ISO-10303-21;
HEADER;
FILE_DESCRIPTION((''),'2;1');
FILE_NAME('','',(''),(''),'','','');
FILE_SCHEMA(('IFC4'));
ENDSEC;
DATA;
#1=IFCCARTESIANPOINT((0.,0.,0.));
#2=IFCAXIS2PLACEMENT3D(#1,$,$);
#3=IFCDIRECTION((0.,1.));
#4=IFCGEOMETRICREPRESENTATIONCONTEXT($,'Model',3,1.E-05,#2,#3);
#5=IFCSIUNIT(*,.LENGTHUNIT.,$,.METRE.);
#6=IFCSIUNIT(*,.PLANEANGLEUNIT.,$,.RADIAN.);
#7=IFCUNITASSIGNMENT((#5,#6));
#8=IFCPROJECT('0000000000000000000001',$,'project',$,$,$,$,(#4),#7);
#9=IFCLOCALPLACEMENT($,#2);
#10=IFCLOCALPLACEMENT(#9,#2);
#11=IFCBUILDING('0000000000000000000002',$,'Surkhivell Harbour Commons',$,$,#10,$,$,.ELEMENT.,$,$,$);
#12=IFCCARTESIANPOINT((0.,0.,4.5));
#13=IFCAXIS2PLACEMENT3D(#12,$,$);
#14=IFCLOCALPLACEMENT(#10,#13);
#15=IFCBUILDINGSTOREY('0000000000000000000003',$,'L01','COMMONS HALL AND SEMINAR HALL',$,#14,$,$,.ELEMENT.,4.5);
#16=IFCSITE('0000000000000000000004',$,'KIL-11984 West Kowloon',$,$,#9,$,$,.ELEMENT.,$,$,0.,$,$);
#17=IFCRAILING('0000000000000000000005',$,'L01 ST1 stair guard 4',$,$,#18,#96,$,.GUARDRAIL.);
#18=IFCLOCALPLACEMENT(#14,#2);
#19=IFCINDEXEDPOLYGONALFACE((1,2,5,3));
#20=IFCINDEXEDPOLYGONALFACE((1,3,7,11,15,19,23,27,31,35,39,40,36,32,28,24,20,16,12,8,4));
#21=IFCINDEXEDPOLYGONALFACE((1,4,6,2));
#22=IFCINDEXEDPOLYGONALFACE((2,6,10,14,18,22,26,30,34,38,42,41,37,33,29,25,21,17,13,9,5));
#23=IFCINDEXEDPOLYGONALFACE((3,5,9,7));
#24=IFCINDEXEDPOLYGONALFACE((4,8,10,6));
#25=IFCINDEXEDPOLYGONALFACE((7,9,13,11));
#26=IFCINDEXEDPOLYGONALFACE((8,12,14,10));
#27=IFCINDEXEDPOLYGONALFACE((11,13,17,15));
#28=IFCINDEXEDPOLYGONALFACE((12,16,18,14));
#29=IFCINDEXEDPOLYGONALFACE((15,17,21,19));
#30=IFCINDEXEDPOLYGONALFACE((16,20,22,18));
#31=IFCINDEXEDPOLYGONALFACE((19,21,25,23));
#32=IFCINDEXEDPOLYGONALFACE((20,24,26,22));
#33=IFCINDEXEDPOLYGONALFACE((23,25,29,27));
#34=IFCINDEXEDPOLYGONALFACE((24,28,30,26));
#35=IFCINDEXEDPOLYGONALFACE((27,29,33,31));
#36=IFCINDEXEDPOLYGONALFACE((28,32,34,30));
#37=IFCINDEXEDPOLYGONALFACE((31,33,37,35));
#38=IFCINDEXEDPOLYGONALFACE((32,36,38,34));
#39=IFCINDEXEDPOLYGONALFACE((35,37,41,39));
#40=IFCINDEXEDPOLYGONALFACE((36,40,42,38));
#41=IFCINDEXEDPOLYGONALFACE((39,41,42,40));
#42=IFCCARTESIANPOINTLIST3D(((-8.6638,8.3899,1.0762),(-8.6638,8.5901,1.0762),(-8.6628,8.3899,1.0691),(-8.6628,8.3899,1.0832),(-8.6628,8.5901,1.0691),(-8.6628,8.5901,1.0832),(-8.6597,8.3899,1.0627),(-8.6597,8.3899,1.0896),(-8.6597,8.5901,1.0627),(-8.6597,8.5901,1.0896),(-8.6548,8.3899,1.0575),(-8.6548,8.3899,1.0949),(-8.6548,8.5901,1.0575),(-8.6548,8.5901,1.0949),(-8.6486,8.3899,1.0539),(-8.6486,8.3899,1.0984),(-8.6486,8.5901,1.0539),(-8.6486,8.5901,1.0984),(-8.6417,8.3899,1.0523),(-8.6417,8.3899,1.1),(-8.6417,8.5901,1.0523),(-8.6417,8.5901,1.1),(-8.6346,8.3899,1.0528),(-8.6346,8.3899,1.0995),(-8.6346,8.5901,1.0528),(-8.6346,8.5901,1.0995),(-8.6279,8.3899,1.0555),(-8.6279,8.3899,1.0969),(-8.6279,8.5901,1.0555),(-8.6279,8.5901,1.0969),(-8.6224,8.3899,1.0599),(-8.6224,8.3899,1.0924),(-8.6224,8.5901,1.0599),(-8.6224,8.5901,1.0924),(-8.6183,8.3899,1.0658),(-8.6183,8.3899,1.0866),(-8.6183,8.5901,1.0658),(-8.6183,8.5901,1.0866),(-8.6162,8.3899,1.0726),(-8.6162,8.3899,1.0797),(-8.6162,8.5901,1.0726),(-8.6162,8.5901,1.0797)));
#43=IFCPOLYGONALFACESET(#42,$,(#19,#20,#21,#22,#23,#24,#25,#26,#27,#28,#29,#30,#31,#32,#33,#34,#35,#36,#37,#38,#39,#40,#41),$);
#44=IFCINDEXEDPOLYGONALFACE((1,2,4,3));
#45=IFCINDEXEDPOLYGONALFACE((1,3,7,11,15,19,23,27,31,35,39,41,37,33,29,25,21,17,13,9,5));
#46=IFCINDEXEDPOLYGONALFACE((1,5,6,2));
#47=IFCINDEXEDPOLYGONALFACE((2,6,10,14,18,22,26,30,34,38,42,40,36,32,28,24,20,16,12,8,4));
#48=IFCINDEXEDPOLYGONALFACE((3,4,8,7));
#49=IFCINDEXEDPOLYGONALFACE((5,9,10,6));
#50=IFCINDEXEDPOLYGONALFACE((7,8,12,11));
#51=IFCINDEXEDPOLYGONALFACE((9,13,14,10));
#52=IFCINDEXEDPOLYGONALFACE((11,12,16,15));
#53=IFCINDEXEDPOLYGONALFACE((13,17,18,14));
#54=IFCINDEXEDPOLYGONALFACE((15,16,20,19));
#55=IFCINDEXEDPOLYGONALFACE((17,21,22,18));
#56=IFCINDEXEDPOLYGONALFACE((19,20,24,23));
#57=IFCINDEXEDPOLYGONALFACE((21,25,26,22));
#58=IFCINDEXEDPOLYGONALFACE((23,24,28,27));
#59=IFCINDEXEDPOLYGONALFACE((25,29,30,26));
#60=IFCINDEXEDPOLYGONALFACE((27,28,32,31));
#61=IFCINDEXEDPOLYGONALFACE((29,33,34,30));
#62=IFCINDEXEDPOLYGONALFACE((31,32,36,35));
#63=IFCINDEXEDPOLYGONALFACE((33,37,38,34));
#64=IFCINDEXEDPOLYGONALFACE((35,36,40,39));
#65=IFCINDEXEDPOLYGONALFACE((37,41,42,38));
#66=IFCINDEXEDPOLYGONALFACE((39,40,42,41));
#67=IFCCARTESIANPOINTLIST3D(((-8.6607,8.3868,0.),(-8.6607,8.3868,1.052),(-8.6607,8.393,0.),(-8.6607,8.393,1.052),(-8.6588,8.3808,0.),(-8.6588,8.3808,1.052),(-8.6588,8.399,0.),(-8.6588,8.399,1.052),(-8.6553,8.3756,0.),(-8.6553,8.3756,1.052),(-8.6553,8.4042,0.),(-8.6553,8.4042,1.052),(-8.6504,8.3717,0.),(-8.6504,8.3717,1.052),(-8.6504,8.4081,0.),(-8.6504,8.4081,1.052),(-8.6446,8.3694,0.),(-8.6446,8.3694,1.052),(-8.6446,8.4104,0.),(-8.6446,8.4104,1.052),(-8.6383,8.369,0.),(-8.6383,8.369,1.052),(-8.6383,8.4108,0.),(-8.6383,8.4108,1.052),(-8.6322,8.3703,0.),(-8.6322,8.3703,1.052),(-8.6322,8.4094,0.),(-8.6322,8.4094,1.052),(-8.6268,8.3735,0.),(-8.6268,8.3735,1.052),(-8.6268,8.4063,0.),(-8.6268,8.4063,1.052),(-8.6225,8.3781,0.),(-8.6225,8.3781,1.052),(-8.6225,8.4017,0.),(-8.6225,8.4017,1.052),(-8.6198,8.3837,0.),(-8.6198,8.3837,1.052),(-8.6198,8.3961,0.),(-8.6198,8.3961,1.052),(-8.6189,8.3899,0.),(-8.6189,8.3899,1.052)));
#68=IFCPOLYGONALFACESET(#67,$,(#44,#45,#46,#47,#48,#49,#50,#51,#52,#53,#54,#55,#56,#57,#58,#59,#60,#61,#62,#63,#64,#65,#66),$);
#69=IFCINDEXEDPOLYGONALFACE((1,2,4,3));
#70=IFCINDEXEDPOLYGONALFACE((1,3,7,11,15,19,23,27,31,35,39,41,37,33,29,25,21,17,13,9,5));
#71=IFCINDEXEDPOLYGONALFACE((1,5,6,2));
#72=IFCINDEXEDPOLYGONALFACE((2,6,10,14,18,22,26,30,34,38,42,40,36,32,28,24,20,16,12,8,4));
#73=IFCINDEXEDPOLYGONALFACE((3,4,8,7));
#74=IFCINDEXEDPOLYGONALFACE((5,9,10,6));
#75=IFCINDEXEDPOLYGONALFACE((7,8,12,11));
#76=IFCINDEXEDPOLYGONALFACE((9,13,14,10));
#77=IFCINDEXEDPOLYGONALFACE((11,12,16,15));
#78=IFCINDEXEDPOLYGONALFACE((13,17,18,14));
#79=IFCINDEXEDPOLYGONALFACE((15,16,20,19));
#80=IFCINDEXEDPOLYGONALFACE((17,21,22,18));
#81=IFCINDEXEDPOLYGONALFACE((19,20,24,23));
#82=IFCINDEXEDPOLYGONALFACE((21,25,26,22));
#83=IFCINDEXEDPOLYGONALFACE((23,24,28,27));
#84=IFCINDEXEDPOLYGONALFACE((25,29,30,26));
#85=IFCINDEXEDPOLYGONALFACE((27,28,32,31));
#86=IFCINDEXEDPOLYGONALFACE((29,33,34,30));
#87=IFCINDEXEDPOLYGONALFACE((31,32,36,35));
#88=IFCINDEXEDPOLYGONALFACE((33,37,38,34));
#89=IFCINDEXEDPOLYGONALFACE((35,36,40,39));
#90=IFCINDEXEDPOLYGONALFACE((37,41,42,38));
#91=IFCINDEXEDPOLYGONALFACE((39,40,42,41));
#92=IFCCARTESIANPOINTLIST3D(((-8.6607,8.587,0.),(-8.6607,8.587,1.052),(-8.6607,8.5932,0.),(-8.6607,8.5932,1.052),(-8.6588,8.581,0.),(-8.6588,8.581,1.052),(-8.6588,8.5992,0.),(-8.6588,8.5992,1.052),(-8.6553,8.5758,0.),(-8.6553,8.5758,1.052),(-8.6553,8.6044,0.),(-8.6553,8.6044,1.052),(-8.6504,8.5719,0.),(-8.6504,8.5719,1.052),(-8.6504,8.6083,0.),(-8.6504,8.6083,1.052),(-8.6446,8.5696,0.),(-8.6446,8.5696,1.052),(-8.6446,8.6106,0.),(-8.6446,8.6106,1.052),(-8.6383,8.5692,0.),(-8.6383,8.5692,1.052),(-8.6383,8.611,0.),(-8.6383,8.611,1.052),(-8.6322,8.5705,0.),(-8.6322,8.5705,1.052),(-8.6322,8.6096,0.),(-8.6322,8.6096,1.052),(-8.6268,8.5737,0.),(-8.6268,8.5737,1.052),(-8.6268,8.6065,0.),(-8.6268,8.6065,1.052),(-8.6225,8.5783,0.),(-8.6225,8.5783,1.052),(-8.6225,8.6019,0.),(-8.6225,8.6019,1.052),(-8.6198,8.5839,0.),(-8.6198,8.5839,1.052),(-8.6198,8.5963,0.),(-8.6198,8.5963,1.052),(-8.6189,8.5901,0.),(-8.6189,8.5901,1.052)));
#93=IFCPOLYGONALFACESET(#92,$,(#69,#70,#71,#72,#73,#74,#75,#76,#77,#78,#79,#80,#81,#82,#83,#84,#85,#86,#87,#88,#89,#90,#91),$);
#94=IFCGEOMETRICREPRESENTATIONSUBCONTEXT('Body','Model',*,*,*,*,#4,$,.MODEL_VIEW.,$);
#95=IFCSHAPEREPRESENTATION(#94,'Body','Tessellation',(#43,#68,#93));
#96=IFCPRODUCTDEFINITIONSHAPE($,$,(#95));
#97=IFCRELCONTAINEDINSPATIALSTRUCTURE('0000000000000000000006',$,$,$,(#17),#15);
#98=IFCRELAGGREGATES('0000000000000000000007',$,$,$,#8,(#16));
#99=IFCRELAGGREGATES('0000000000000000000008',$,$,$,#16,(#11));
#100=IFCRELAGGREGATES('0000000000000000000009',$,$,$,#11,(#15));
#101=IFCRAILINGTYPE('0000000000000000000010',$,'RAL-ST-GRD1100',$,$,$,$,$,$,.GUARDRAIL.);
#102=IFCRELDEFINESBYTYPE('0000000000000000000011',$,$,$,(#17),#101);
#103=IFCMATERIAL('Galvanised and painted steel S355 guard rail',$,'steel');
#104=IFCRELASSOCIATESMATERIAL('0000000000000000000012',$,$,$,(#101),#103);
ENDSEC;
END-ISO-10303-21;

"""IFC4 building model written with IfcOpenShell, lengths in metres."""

from ifc_helpers import new_model, si_unit, direction, frame, origin, origin_2d, place, context, subcontext, project, spatial, circle, extrude, material, type_object, element, save


model = new_model("IFC4")

# Units and contexts
model_context = context("Model", 3, precision=1e-05, world=origin(), true_north=direction((0.0, 1.0)))
body_context = subcontext(model_context, "Body", "Model", "MODEL_VIEW")
ifc_project = project(units=[si_unit("LENGTHUNIT", "METRE"), si_unit("PLANEANGLEUNIT", "RADIAN")], contexts=[model_context])

# Site, building, storey
site_placement = place(None, origin())
site = spatial("IfcSite", under=ifc_project, at=site_placement, Name="KIL-11984 West Kowloon", CompositionType="ELEMENT", RefElevation=0.0)
building_placement = place(site_placement, origin())
building = spatial("IfcBuilding", under=site, at=building_placement, Name="Surkhivell Harbour Commons", CompositionType="ELEMENT")
storey_placement = place(building_placement, frame((0.0, 0.0, 4.5)))
storey = spatial("IfcBuildingStorey", under=building, at=storey_placement, Name="L01", Description="COMMONS HALL AND SEMINAR HALL", CompositionType="ELEMENT", Elevation=4.5)

# Railing
ifc_material_1 = material(Name="Galvanised and painted steel S355 guard rail", Category="steel")
railing_type_1 = type_object("IfcRailingType", Name="RAL-ST-GRD1100", PredefinedType="GUARDRAIL", material=ifc_material_1)
railing_1_placement = place(storey_placement, frame((-8.6399, 8.3899, 0.0)))
element("IfcRailing", 1, at=railing_1_placement, inside=storey, type_object=railing_type_1, Name="L01 ST1 stair guard 4", PredefinedType="GUARDRAIL", context=body_context, shape_type="SweptSolid", body=[
    extrude(circle(Radius=0.0239, at=origin_2d()), frame((0.0, 0.0, 1.0762), z_axis=(0.0, 1.0, 0.0), x_axis=(-1.0, 0.0, 0.0)), (0.0, 0.0, 1.0), 0.2002),
    extrude(circle(Radius=0.021, at=origin_2d()), origin(), (0.0, 0.0, 1.0), 1.052),
    extrude(circle(Radius=0.021, at=origin_2d()), frame((0.0, 0.2002, 0.0)), (0.0, 0.0, 1.0), 1.052),
])

save(model, "model.ifc")
